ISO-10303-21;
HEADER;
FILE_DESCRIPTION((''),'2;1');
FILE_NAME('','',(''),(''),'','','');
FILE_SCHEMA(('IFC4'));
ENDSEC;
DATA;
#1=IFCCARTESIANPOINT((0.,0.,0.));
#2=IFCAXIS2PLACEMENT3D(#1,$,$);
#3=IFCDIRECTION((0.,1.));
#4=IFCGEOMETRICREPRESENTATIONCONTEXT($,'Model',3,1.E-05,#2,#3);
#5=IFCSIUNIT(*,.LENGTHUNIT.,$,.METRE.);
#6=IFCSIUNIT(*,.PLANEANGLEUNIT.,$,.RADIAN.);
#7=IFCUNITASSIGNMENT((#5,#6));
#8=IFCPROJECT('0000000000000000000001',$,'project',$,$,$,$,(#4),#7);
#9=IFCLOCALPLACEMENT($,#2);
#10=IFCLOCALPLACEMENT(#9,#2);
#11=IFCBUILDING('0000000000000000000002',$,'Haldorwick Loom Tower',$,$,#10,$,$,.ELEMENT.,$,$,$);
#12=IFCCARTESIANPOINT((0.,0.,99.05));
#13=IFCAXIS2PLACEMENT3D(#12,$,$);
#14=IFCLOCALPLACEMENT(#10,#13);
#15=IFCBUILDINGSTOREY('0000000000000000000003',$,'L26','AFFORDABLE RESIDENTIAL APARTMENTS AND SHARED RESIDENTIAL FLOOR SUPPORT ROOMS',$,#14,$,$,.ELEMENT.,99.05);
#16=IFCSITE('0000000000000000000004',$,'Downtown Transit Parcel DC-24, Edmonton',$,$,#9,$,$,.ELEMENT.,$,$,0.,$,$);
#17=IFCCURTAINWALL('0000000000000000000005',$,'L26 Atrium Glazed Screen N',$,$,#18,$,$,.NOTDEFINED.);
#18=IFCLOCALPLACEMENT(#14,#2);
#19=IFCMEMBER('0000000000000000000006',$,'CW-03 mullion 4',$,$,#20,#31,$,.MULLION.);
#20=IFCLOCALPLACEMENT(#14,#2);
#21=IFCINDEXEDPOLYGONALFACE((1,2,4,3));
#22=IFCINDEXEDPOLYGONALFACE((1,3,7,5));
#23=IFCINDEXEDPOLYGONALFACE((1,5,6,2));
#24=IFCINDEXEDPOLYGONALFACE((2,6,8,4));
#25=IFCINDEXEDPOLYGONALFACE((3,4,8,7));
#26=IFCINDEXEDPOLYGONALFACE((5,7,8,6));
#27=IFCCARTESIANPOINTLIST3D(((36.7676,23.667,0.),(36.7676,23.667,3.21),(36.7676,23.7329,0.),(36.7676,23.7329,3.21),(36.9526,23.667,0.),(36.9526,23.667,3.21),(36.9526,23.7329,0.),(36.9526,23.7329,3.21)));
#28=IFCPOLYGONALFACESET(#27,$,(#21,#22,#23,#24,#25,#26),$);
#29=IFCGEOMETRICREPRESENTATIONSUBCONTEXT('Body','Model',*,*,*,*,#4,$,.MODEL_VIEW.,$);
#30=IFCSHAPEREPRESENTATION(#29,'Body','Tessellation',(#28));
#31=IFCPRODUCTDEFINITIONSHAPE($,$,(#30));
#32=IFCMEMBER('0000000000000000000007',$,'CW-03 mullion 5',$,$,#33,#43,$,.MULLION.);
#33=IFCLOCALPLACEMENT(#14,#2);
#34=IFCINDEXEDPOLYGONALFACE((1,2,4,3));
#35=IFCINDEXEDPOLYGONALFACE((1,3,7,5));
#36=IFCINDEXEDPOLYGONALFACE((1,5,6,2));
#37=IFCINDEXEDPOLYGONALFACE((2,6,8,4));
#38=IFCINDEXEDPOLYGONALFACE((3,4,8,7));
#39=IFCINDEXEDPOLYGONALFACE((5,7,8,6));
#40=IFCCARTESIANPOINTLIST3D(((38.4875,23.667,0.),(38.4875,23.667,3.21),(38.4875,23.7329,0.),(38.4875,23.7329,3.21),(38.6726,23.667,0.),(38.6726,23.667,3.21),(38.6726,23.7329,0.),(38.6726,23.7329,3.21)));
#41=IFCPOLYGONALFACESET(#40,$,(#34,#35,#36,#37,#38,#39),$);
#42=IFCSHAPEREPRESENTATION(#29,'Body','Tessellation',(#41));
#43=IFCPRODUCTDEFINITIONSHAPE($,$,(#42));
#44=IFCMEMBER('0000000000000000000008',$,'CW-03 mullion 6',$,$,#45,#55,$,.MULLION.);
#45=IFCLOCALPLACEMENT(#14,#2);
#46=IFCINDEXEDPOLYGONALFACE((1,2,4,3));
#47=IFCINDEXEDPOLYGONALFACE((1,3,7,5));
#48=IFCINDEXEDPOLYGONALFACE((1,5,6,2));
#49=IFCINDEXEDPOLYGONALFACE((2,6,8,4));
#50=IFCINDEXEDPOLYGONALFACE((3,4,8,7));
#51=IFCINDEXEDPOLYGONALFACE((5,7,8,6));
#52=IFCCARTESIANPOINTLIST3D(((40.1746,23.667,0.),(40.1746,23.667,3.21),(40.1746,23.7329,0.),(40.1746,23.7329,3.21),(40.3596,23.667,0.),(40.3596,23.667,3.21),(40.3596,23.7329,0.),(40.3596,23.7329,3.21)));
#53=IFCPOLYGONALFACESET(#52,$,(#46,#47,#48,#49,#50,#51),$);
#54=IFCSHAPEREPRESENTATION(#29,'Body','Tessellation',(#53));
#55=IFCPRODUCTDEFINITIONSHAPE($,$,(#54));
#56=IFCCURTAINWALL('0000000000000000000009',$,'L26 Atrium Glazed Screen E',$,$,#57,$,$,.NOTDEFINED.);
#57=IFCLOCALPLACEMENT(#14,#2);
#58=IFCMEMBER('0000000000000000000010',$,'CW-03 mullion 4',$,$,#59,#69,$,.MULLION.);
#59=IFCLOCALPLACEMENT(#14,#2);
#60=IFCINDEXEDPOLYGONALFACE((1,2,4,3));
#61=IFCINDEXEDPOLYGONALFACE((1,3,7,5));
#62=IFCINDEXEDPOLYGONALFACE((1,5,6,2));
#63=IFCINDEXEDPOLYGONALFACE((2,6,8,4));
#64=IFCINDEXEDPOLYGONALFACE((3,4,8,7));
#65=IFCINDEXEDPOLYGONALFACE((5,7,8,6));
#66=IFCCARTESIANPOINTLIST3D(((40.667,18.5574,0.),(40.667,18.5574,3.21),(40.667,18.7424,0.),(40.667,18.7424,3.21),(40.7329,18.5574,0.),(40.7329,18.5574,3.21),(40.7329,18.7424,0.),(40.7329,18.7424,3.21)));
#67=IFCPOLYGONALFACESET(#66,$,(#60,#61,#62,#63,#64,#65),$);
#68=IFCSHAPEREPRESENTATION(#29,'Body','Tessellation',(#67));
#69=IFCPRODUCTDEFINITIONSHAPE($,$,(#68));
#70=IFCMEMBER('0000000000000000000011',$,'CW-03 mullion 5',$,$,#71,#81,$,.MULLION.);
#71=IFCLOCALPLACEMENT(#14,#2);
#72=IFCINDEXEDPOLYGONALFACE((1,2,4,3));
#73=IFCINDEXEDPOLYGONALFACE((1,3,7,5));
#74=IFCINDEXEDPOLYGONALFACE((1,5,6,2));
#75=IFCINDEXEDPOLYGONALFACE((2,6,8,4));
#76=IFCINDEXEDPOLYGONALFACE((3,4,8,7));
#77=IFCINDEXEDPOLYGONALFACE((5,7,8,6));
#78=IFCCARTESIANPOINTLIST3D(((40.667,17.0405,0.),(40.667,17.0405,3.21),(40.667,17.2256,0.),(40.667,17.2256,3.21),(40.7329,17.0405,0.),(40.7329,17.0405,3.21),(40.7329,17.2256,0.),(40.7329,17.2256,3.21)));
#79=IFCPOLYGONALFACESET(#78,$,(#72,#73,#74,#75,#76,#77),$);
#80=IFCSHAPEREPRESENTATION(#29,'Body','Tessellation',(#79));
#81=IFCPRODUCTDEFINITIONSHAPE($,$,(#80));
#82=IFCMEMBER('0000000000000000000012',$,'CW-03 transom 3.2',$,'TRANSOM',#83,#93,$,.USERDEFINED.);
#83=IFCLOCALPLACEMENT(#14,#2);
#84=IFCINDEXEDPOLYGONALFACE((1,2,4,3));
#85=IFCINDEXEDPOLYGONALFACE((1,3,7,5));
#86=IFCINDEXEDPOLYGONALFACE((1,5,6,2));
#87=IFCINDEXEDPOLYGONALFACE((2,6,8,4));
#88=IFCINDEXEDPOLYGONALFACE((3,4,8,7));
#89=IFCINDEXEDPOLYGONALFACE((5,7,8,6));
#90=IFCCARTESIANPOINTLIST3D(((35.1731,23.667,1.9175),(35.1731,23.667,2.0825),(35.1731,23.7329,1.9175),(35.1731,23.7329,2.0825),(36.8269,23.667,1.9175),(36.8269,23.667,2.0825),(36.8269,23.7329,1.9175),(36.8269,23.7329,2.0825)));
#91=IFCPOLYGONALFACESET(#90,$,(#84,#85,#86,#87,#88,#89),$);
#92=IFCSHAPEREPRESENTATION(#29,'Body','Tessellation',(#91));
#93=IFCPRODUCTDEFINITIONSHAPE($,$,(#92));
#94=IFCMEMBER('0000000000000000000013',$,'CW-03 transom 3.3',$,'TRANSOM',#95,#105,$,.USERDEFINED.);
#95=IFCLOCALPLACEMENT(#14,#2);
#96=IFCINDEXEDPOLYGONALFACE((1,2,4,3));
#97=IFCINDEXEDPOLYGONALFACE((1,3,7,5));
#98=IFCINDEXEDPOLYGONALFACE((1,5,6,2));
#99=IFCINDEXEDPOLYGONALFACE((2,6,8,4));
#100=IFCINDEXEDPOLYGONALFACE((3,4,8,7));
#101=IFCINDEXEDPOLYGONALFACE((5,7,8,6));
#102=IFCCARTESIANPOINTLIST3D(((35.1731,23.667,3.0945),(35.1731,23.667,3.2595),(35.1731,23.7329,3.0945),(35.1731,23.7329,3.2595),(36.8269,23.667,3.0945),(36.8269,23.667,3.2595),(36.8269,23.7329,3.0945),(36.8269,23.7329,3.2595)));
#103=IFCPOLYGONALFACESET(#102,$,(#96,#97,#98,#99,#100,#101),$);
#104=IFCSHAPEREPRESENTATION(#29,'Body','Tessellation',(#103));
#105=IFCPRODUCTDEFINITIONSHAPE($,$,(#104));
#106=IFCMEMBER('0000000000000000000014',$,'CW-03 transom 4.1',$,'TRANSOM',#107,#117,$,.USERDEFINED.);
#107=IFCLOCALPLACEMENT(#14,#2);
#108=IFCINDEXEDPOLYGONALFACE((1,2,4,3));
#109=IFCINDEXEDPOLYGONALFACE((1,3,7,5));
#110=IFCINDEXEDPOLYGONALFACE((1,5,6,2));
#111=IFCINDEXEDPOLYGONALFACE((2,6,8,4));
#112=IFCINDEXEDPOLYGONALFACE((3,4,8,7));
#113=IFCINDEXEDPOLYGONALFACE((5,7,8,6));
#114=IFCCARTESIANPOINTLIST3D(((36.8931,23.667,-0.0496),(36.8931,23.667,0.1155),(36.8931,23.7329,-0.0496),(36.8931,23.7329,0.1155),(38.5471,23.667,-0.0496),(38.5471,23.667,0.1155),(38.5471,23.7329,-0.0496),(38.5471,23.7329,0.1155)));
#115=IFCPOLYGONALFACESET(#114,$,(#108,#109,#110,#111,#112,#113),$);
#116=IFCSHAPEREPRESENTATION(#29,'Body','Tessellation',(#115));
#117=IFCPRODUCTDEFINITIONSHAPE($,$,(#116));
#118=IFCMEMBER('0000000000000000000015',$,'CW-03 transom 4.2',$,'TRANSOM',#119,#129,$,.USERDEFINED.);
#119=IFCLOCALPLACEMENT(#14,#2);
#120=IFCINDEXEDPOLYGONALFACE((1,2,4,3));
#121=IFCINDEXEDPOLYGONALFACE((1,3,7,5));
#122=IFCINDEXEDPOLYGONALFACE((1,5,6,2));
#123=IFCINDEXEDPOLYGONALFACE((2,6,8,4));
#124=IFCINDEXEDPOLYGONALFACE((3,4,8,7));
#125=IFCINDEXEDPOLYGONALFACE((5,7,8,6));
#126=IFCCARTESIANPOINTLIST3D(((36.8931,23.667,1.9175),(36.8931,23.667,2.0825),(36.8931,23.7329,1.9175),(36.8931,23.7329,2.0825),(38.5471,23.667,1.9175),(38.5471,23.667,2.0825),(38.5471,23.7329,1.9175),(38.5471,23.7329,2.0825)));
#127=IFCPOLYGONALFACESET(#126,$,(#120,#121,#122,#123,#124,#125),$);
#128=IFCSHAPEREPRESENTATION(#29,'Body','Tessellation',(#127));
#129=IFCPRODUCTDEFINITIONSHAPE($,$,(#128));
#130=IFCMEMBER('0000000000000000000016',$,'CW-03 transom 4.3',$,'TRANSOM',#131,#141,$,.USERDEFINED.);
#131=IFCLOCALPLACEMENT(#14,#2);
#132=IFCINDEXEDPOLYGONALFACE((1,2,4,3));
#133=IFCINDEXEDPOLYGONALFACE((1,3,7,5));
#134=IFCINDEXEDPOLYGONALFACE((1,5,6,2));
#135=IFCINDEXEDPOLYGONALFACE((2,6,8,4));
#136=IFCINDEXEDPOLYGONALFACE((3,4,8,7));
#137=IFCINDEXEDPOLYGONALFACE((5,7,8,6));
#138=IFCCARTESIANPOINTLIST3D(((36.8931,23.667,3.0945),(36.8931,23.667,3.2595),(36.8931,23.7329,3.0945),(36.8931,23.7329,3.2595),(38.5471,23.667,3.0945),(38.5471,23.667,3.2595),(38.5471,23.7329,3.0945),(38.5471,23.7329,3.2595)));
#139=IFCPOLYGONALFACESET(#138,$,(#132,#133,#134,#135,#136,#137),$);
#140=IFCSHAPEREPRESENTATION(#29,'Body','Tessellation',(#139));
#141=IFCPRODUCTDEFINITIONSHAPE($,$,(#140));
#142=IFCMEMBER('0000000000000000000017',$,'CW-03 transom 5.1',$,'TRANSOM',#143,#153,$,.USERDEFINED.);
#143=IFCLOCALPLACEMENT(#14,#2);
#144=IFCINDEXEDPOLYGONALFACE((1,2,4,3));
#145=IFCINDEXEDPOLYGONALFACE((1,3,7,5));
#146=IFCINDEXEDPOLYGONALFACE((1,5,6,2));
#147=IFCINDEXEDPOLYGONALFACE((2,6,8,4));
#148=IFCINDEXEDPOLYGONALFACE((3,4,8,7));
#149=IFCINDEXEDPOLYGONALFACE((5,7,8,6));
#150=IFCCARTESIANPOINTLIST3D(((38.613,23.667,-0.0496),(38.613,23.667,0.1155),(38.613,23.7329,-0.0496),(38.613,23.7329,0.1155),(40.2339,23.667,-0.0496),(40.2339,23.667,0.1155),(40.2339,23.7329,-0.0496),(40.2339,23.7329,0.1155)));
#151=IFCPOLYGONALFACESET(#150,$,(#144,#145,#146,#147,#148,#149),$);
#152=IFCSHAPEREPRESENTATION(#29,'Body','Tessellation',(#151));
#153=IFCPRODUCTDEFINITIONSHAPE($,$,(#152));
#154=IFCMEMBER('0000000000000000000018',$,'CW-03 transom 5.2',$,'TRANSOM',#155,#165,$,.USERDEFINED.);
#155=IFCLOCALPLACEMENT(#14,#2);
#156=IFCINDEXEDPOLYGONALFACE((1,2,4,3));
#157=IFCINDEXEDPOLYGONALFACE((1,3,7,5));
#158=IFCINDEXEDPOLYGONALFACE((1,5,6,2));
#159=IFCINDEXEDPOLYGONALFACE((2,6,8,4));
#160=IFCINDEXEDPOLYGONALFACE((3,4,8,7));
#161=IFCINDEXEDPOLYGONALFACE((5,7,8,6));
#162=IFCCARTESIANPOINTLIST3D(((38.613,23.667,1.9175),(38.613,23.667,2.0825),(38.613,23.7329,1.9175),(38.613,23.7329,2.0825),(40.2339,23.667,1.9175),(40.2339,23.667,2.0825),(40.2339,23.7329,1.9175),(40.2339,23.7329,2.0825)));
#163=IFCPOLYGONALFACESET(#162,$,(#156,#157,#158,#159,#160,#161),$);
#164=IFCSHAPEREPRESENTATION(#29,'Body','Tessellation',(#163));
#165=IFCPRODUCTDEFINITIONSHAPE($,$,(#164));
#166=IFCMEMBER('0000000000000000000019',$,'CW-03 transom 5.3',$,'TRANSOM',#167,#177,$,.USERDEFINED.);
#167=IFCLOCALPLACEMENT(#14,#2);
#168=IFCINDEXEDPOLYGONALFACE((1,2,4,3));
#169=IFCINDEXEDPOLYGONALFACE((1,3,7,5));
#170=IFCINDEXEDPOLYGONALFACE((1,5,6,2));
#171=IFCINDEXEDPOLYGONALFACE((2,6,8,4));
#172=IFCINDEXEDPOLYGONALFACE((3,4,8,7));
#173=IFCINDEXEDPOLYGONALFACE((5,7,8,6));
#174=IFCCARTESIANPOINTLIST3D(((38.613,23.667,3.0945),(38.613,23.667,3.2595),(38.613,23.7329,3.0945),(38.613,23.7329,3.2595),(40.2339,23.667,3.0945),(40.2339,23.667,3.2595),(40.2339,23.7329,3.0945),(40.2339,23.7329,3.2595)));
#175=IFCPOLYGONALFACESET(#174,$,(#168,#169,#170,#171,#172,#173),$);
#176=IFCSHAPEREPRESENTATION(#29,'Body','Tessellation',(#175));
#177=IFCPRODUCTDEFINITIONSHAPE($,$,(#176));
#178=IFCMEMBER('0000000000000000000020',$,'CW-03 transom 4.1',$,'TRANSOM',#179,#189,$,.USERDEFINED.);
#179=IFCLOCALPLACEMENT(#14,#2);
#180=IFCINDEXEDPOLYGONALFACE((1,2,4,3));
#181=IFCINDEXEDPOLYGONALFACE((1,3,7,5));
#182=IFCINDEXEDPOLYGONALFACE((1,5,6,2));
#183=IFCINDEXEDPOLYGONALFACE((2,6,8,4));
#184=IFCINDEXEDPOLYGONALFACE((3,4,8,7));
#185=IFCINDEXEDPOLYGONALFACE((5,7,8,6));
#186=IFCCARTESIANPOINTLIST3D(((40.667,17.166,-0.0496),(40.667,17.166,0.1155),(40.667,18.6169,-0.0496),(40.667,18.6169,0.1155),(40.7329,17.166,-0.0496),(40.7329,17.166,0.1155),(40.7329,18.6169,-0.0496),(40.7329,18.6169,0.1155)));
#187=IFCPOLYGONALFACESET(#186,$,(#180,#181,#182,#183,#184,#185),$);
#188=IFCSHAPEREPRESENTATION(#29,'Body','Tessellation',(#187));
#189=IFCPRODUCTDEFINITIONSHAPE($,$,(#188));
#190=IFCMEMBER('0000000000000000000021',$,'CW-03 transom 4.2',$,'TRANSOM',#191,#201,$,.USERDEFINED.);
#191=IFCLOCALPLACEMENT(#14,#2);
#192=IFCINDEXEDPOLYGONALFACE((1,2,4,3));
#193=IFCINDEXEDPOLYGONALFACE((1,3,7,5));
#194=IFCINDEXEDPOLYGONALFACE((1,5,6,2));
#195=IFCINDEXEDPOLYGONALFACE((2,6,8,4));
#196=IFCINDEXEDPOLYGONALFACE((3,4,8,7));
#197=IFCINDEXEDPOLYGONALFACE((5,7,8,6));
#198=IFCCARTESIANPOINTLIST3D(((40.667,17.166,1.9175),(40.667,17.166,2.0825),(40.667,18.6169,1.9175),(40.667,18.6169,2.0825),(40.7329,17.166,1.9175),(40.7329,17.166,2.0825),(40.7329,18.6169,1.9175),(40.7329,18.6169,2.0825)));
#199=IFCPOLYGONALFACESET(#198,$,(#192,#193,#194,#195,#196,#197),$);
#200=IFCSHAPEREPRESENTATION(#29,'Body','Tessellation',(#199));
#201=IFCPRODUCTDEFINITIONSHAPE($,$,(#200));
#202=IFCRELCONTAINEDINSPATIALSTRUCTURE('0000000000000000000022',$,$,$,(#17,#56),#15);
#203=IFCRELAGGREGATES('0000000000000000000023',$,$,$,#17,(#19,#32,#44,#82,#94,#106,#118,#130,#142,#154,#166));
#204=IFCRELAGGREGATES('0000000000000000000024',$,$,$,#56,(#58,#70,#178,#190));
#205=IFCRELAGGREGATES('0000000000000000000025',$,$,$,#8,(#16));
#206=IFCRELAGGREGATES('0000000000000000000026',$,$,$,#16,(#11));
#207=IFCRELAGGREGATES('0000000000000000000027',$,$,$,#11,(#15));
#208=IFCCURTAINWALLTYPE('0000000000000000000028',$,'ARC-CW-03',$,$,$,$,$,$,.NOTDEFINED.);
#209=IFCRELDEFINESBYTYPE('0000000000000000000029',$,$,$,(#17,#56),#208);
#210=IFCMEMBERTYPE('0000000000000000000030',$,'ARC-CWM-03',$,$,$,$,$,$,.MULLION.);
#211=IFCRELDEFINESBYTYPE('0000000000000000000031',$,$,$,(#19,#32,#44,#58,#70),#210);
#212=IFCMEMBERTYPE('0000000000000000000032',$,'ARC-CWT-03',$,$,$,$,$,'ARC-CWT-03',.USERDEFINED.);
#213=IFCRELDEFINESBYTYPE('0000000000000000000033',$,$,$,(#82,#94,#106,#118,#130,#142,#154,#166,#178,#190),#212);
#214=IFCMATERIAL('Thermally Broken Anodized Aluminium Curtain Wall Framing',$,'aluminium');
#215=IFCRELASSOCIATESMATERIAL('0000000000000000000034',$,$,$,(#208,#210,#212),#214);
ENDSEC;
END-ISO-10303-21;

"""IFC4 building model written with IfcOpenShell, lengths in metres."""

from ifc_helpers import new_model, si_unit, direction, frame, origin, origin_2d, place, context, subcontext, project, spatial, rectangle, extrude, material, material_profile, profile_set, type_object, element, aggregate, save


model = new_model("IFC4")

# Units and contexts
model_context = context("Model", 3, precision=1e-05, world=origin(), true_north=direction((0.0, 1.0)))
body_context = subcontext(model_context, "Body", "Model", "MODEL_VIEW")
ifc_project = project(units=[si_unit("LENGTHUNIT", "METRE"), si_unit("PLANEANGLEUNIT", "RADIAN")], contexts=[model_context])

# Site, building, storey
site_placement = place(None, origin())
site = spatial("IfcSite", under=ifc_project, at=site_placement, Name="Downtown Transit Parcel DC-24, Edmonton", CompositionType="ELEMENT", RefElevation=0.0)
building_placement = place(site_placement, origin())
building = spatial("IfcBuilding", under=site, at=building_placement, Name="Haldorwick Loom Tower", CompositionType="ELEMENT")
storey_placement = place(building_placement, frame((0.0, 0.0, 99.05)))
storey = spatial("IfcBuildingStorey", under=building, at=storey_placement, Name="L26", Description="AFFORDABLE RESIDENTIAL APARTMENTS AND SHARED RESIDENTIAL FLOOR SUPPORT ROOMS", CompositionType="ELEMENT", Elevation=99.05)

# Curtain walls, members
ifc_material_1 = material(Name="Thermally Broken Anodized Aluminium Curtain Wall Framing", Category="aluminium")
curtain_wall_type = type_object("IfcCurtainWallType", Name="ARC-CW-03", PredefinedType="NOTDEFINED", material=ifc_material_1)
curtain_wall_1_placement = place(storey_placement, origin())
curtain_wall_1 = element("IfcCurtainWall", 1, at=curtain_wall_1_placement, inside=storey, type_object=curtain_wall_type, Name="L26 Atrium Glazed Screen N", PredefinedType="NOTDEFINED")
ifc_material_profile_1 = material_profile(ifc_material_1, rectangle(XDim=0.0659, YDim=0.1851, at=origin_2d()), Name="ALU_MUL_66X185", Category="aluminium")
ifc_profile_set_1 = profile_set([ifc_material_profile_1], Name="Thermally Broken Anodized Aluminium Curtain Wall Framing")
member_type_1 = type_object("IfcMemberType", Name="ARC-CWM-03", PredefinedType="MULLION", material=ifc_profile_set_1)
member_1_placement = place(storey_placement, frame((36.8601, 23.7, 0.0), z_axis=(0.0, 0.0, 1.0), x_axis=(0.0, 1.0, 0.0)))
member_1 = element("IfcMember", 2, at=member_1_placement, type_object=member_type_1, Name="CW-03 mullion 4", PredefinedType="MULLION", context=body_context, shape_type="SweptSolid", body=[
    extrude(rectangle(XDim=0.0659, YDim=0.1851, at=origin_2d()), origin(), (0.0, 0.0, 1.0), 3.21),
])
member_2_placement = place(storey_placement, frame((38.5801, 23.7, 0.0), z_axis=(0.0, 0.0, 1.0), x_axis=(0.0, 1.0, 0.0)))
member_2 = element("IfcMember", 3, at=member_2_placement, type_object=member_type_1, Name="CW-03 mullion 5", PredefinedType="MULLION", context=body_context, shape_type="SweptSolid", body=[
    extrude(rectangle(XDim=0.0659, YDim=0.1851, at=origin_2d()), origin(), (0.0, 0.0, 1.0), 3.21),
])
member_3_placement = place(storey_placement, frame((40.2671, 23.7, 0.0), z_axis=(0.0, 0.0, 1.0), x_axis=(0.0, 1.0, 0.0)))
member_3 = element("IfcMember", 4, at=member_3_placement, type_object=member_type_1, Name="CW-03 mullion 6", PredefinedType="MULLION", context=body_context, shape_type="SweptSolid", body=[
    extrude(rectangle(XDim=0.0659, YDim=0.1851, at=origin_2d()), origin(), (0.0, 0.0, 1.0), 3.21),
])
curtain_wall_2_placement = place(storey_placement, origin())
curtain_wall_2 = element("IfcCurtainWall", 5, at=curtain_wall_2_placement, inside=storey, type_object=curtain_wall_type, Name="L26 Atrium Glazed Screen E", PredefinedType="NOTDEFINED")
member_4_placement = place(storey_placement, frame((40.7, 18.6499, 0.0), z_axis=(0.0, 0.0, 1.0), x_axis=(1.0, 0.0, 0.0)))
member_4 = element("IfcMember", 6, at=member_4_placement, type_object=member_type_1, Name="CW-03 mullion 4", PredefinedType="MULLION", context=body_context, shape_type="SweptSolid", body=[
    extrude(rectangle(XDim=0.0659, YDim=0.1851, at=origin_2d()), origin(), (0.0, 0.0, 1.0), 3.21),
])
member_5_placement = place(storey_placement, frame((40.7, 17.1331, 0.0), z_axis=(0.0, 0.0, 1.0), x_axis=(1.0, 0.0, 0.0)))
member_5 = element("IfcMember", 7, at=member_5_placement, type_object=member_type_1, Name="CW-03 mullion 5", PredefinedType="MULLION", context=body_context, shape_type="SweptSolid", body=[
    extrude(rectangle(XDim=0.0659, YDim=0.1851, at=origin_2d()), origin(), (0.0, 0.0, 1.0), 3.21),
])

# Members
ifc_material_profile_2 = material_profile(ifc_material_1, rectangle(XDim=0.0659, YDim=0.165, at=origin_2d()), Name="ALU_TRN_66X165", Category="aluminium")
ifc_profile_set_2 = profile_set([ifc_material_profile_2], Name="Thermally Broken Anodized Aluminium Curtain Wall Framing")
member_type_2 = type_object("IfcMemberType", Name="ARC-CWT-03", ElementType="ARC-CWT-03", PredefinedType="USERDEFINED", material=ifc_profile_set_2)
member_6_placement = place(storey_placement, frame((35.1731, 23.7, 2.0), z_axis=(1.0, 0.0, 0.0), x_axis=(0.0, 1.0, 0.0)))
member_6 = element("IfcMember", 8, at=member_6_placement, type_object=member_type_2, Name="CW-03 transom 3.2", ObjectType="TRANSOM", PredefinedType="USERDEFINED", context=body_context, shape_type="SweptSolid", body=[
    extrude(rectangle(XDim=0.0659, YDim=0.165, at=origin_2d()), origin(), (0.0, 0.0, 1.0), 1.6538),
])
member_7_placement = place(storey_placement, frame((35.1731, 23.7, 3.177), z_axis=(1.0, 0.0, 0.0), x_axis=(0.0, 1.0, 0.0)))
member_7 = element("IfcMember", 9, at=member_7_placement, type_object=member_type_2, Name="CW-03 transom 3.3", ObjectType="TRANSOM", PredefinedType="USERDEFINED", context=body_context, shape_type="SweptSolid", body=[
    extrude(rectangle(XDim=0.0659, YDim=0.165, at=origin_2d()), origin(), (0.0, 0.0, 1.0), 1.6538),
])
member_8_placement = place(storey_placement, frame((36.8931, 23.7, 0.033), z_axis=(1.0, 0.0, 0.0), x_axis=(0.0, 1.0, 0.0)))
member_8 = element("IfcMember", 10, at=member_8_placement, type_object=member_type_2, Name="CW-03 transom 4.1", ObjectType="TRANSOM", PredefinedType="USERDEFINED", context=body_context, shape_type="SweptSolid", body=[
    extrude(rectangle(XDim=0.0659, YDim=0.165, at=origin_2d()), origin(), (0.0, 0.0, 1.0), 1.6541),
])
member_9_placement = place(storey_placement, frame((36.8931, 23.7, 2.0), z_axis=(1.0, 0.0, 0.0), x_axis=(0.0, 1.0, 0.0)))
member_9 = element("IfcMember", 11, at=member_9_placement, type_object=member_type_2, Name="CW-03 transom 4.2", ObjectType="TRANSOM", PredefinedType="USERDEFINED", context=body_context, shape_type="SweptSolid", body=[
    extrude(rectangle(XDim=0.0659, YDim=0.165, at=origin_2d()), origin(), (0.0, 0.0, 1.0), 1.6541),
])
member_10_placement = place(storey_placement, frame((36.8931, 23.7, 3.177), z_axis=(1.0, 0.0, 0.0), x_axis=(0.0, 1.0, 0.0)))
member_10 = element("IfcMember", 12, at=member_10_placement, type_object=member_type_2, Name="CW-03 transom 4.3", ObjectType="TRANSOM", PredefinedType="USERDEFINED", context=body_context, shape_type="SweptSolid", body=[
    extrude(rectangle(XDim=0.0659, YDim=0.165, at=origin_2d()), origin(), (0.0, 0.0, 1.0), 1.6541),
])
member_11_placement = place(storey_placement, frame((38.613, 23.7, 0.033), z_axis=(1.0, 0.0, 0.0), x_axis=(0.0, 1.0, 0.0)))
member_11 = element("IfcMember", 13, at=member_11_placement, type_object=member_type_2, Name="CW-03 transom 5.1", ObjectType="TRANSOM", PredefinedType="USERDEFINED", context=body_context, shape_type="SweptSolid", body=[
    extrude(rectangle(XDim=0.0659, YDim=0.165, at=origin_2d()), origin(), (0.0, 0.0, 1.0), 1.6208),
])
member_12_placement = place(storey_placement, frame((38.613, 23.7, 2.0), z_axis=(1.0, 0.0, 0.0), x_axis=(0.0, 1.0, 0.0)))
member_12 = element("IfcMember", 14, at=member_12_placement, type_object=member_type_2, Name="CW-03 transom 5.2", ObjectType="TRANSOM", PredefinedType="USERDEFINED", context=body_context, shape_type="SweptSolid", body=[
    extrude(rectangle(XDim=0.0659, YDim=0.165, at=origin_2d()), origin(), (0.0, 0.0, 1.0), 1.6208),
])
member_13_placement = place(storey_placement, frame((38.613, 23.7, 3.177), z_axis=(1.0, 0.0, 0.0), x_axis=(0.0, 1.0, 0.0)))
member_13 = element("IfcMember", 15, at=member_13_placement, type_object=member_type_2, Name="CW-03 transom 5.3", ObjectType="TRANSOM", PredefinedType="USERDEFINED", context=body_context, shape_type="SweptSolid", body=[
    extrude(rectangle(XDim=0.0659, YDim=0.165, at=origin_2d()), origin(), (0.0, 0.0, 1.0), 1.6208),
])
member_14_placement = place(storey_placement, frame((40.7, 18.6169, 0.033), z_axis=(0.0, -1.0, 0.0), x_axis=(1.0, 0.0, 0.0)))
member_14 = element("IfcMember", 16, at=member_14_placement, type_object=member_type_2, Name="CW-03 transom 4.1", ObjectType="TRANSOM", PredefinedType="USERDEFINED", context=body_context, shape_type="SweptSolid", body=[
    extrude(rectangle(XDim=0.0659, YDim=0.165, at=origin_2d()), origin(), (0.0, 0.0, 1.0), 1.4509),
])
member_15_placement = place(storey_placement, frame((40.7, 18.6169, 2.0), z_axis=(0.0, -1.0, 0.0), x_axis=(1.0, 0.0, 0.0)))
member_15 = element("IfcMember", 17, at=member_15_placement, type_object=member_type_2, Name="CW-03 transom 4.2", ObjectType="TRANSOM", PredefinedType="USERDEFINED", context=body_context, shape_type="SweptSolid", body=[
    extrude(rectangle(XDim=0.0659, YDim=0.165, at=origin_2d()), origin(), (0.0, 0.0, 1.0), 1.4509),
])

aggregate(curtain_wall_1, [member_1, member_2, member_3, member_6, member_7, member_8, member_9, member_10, member_11, member_12, member_13])
aggregate(curtain_wall_2, [member_4, member_5, member_14, member_15])

save(model, "model.ifc")
